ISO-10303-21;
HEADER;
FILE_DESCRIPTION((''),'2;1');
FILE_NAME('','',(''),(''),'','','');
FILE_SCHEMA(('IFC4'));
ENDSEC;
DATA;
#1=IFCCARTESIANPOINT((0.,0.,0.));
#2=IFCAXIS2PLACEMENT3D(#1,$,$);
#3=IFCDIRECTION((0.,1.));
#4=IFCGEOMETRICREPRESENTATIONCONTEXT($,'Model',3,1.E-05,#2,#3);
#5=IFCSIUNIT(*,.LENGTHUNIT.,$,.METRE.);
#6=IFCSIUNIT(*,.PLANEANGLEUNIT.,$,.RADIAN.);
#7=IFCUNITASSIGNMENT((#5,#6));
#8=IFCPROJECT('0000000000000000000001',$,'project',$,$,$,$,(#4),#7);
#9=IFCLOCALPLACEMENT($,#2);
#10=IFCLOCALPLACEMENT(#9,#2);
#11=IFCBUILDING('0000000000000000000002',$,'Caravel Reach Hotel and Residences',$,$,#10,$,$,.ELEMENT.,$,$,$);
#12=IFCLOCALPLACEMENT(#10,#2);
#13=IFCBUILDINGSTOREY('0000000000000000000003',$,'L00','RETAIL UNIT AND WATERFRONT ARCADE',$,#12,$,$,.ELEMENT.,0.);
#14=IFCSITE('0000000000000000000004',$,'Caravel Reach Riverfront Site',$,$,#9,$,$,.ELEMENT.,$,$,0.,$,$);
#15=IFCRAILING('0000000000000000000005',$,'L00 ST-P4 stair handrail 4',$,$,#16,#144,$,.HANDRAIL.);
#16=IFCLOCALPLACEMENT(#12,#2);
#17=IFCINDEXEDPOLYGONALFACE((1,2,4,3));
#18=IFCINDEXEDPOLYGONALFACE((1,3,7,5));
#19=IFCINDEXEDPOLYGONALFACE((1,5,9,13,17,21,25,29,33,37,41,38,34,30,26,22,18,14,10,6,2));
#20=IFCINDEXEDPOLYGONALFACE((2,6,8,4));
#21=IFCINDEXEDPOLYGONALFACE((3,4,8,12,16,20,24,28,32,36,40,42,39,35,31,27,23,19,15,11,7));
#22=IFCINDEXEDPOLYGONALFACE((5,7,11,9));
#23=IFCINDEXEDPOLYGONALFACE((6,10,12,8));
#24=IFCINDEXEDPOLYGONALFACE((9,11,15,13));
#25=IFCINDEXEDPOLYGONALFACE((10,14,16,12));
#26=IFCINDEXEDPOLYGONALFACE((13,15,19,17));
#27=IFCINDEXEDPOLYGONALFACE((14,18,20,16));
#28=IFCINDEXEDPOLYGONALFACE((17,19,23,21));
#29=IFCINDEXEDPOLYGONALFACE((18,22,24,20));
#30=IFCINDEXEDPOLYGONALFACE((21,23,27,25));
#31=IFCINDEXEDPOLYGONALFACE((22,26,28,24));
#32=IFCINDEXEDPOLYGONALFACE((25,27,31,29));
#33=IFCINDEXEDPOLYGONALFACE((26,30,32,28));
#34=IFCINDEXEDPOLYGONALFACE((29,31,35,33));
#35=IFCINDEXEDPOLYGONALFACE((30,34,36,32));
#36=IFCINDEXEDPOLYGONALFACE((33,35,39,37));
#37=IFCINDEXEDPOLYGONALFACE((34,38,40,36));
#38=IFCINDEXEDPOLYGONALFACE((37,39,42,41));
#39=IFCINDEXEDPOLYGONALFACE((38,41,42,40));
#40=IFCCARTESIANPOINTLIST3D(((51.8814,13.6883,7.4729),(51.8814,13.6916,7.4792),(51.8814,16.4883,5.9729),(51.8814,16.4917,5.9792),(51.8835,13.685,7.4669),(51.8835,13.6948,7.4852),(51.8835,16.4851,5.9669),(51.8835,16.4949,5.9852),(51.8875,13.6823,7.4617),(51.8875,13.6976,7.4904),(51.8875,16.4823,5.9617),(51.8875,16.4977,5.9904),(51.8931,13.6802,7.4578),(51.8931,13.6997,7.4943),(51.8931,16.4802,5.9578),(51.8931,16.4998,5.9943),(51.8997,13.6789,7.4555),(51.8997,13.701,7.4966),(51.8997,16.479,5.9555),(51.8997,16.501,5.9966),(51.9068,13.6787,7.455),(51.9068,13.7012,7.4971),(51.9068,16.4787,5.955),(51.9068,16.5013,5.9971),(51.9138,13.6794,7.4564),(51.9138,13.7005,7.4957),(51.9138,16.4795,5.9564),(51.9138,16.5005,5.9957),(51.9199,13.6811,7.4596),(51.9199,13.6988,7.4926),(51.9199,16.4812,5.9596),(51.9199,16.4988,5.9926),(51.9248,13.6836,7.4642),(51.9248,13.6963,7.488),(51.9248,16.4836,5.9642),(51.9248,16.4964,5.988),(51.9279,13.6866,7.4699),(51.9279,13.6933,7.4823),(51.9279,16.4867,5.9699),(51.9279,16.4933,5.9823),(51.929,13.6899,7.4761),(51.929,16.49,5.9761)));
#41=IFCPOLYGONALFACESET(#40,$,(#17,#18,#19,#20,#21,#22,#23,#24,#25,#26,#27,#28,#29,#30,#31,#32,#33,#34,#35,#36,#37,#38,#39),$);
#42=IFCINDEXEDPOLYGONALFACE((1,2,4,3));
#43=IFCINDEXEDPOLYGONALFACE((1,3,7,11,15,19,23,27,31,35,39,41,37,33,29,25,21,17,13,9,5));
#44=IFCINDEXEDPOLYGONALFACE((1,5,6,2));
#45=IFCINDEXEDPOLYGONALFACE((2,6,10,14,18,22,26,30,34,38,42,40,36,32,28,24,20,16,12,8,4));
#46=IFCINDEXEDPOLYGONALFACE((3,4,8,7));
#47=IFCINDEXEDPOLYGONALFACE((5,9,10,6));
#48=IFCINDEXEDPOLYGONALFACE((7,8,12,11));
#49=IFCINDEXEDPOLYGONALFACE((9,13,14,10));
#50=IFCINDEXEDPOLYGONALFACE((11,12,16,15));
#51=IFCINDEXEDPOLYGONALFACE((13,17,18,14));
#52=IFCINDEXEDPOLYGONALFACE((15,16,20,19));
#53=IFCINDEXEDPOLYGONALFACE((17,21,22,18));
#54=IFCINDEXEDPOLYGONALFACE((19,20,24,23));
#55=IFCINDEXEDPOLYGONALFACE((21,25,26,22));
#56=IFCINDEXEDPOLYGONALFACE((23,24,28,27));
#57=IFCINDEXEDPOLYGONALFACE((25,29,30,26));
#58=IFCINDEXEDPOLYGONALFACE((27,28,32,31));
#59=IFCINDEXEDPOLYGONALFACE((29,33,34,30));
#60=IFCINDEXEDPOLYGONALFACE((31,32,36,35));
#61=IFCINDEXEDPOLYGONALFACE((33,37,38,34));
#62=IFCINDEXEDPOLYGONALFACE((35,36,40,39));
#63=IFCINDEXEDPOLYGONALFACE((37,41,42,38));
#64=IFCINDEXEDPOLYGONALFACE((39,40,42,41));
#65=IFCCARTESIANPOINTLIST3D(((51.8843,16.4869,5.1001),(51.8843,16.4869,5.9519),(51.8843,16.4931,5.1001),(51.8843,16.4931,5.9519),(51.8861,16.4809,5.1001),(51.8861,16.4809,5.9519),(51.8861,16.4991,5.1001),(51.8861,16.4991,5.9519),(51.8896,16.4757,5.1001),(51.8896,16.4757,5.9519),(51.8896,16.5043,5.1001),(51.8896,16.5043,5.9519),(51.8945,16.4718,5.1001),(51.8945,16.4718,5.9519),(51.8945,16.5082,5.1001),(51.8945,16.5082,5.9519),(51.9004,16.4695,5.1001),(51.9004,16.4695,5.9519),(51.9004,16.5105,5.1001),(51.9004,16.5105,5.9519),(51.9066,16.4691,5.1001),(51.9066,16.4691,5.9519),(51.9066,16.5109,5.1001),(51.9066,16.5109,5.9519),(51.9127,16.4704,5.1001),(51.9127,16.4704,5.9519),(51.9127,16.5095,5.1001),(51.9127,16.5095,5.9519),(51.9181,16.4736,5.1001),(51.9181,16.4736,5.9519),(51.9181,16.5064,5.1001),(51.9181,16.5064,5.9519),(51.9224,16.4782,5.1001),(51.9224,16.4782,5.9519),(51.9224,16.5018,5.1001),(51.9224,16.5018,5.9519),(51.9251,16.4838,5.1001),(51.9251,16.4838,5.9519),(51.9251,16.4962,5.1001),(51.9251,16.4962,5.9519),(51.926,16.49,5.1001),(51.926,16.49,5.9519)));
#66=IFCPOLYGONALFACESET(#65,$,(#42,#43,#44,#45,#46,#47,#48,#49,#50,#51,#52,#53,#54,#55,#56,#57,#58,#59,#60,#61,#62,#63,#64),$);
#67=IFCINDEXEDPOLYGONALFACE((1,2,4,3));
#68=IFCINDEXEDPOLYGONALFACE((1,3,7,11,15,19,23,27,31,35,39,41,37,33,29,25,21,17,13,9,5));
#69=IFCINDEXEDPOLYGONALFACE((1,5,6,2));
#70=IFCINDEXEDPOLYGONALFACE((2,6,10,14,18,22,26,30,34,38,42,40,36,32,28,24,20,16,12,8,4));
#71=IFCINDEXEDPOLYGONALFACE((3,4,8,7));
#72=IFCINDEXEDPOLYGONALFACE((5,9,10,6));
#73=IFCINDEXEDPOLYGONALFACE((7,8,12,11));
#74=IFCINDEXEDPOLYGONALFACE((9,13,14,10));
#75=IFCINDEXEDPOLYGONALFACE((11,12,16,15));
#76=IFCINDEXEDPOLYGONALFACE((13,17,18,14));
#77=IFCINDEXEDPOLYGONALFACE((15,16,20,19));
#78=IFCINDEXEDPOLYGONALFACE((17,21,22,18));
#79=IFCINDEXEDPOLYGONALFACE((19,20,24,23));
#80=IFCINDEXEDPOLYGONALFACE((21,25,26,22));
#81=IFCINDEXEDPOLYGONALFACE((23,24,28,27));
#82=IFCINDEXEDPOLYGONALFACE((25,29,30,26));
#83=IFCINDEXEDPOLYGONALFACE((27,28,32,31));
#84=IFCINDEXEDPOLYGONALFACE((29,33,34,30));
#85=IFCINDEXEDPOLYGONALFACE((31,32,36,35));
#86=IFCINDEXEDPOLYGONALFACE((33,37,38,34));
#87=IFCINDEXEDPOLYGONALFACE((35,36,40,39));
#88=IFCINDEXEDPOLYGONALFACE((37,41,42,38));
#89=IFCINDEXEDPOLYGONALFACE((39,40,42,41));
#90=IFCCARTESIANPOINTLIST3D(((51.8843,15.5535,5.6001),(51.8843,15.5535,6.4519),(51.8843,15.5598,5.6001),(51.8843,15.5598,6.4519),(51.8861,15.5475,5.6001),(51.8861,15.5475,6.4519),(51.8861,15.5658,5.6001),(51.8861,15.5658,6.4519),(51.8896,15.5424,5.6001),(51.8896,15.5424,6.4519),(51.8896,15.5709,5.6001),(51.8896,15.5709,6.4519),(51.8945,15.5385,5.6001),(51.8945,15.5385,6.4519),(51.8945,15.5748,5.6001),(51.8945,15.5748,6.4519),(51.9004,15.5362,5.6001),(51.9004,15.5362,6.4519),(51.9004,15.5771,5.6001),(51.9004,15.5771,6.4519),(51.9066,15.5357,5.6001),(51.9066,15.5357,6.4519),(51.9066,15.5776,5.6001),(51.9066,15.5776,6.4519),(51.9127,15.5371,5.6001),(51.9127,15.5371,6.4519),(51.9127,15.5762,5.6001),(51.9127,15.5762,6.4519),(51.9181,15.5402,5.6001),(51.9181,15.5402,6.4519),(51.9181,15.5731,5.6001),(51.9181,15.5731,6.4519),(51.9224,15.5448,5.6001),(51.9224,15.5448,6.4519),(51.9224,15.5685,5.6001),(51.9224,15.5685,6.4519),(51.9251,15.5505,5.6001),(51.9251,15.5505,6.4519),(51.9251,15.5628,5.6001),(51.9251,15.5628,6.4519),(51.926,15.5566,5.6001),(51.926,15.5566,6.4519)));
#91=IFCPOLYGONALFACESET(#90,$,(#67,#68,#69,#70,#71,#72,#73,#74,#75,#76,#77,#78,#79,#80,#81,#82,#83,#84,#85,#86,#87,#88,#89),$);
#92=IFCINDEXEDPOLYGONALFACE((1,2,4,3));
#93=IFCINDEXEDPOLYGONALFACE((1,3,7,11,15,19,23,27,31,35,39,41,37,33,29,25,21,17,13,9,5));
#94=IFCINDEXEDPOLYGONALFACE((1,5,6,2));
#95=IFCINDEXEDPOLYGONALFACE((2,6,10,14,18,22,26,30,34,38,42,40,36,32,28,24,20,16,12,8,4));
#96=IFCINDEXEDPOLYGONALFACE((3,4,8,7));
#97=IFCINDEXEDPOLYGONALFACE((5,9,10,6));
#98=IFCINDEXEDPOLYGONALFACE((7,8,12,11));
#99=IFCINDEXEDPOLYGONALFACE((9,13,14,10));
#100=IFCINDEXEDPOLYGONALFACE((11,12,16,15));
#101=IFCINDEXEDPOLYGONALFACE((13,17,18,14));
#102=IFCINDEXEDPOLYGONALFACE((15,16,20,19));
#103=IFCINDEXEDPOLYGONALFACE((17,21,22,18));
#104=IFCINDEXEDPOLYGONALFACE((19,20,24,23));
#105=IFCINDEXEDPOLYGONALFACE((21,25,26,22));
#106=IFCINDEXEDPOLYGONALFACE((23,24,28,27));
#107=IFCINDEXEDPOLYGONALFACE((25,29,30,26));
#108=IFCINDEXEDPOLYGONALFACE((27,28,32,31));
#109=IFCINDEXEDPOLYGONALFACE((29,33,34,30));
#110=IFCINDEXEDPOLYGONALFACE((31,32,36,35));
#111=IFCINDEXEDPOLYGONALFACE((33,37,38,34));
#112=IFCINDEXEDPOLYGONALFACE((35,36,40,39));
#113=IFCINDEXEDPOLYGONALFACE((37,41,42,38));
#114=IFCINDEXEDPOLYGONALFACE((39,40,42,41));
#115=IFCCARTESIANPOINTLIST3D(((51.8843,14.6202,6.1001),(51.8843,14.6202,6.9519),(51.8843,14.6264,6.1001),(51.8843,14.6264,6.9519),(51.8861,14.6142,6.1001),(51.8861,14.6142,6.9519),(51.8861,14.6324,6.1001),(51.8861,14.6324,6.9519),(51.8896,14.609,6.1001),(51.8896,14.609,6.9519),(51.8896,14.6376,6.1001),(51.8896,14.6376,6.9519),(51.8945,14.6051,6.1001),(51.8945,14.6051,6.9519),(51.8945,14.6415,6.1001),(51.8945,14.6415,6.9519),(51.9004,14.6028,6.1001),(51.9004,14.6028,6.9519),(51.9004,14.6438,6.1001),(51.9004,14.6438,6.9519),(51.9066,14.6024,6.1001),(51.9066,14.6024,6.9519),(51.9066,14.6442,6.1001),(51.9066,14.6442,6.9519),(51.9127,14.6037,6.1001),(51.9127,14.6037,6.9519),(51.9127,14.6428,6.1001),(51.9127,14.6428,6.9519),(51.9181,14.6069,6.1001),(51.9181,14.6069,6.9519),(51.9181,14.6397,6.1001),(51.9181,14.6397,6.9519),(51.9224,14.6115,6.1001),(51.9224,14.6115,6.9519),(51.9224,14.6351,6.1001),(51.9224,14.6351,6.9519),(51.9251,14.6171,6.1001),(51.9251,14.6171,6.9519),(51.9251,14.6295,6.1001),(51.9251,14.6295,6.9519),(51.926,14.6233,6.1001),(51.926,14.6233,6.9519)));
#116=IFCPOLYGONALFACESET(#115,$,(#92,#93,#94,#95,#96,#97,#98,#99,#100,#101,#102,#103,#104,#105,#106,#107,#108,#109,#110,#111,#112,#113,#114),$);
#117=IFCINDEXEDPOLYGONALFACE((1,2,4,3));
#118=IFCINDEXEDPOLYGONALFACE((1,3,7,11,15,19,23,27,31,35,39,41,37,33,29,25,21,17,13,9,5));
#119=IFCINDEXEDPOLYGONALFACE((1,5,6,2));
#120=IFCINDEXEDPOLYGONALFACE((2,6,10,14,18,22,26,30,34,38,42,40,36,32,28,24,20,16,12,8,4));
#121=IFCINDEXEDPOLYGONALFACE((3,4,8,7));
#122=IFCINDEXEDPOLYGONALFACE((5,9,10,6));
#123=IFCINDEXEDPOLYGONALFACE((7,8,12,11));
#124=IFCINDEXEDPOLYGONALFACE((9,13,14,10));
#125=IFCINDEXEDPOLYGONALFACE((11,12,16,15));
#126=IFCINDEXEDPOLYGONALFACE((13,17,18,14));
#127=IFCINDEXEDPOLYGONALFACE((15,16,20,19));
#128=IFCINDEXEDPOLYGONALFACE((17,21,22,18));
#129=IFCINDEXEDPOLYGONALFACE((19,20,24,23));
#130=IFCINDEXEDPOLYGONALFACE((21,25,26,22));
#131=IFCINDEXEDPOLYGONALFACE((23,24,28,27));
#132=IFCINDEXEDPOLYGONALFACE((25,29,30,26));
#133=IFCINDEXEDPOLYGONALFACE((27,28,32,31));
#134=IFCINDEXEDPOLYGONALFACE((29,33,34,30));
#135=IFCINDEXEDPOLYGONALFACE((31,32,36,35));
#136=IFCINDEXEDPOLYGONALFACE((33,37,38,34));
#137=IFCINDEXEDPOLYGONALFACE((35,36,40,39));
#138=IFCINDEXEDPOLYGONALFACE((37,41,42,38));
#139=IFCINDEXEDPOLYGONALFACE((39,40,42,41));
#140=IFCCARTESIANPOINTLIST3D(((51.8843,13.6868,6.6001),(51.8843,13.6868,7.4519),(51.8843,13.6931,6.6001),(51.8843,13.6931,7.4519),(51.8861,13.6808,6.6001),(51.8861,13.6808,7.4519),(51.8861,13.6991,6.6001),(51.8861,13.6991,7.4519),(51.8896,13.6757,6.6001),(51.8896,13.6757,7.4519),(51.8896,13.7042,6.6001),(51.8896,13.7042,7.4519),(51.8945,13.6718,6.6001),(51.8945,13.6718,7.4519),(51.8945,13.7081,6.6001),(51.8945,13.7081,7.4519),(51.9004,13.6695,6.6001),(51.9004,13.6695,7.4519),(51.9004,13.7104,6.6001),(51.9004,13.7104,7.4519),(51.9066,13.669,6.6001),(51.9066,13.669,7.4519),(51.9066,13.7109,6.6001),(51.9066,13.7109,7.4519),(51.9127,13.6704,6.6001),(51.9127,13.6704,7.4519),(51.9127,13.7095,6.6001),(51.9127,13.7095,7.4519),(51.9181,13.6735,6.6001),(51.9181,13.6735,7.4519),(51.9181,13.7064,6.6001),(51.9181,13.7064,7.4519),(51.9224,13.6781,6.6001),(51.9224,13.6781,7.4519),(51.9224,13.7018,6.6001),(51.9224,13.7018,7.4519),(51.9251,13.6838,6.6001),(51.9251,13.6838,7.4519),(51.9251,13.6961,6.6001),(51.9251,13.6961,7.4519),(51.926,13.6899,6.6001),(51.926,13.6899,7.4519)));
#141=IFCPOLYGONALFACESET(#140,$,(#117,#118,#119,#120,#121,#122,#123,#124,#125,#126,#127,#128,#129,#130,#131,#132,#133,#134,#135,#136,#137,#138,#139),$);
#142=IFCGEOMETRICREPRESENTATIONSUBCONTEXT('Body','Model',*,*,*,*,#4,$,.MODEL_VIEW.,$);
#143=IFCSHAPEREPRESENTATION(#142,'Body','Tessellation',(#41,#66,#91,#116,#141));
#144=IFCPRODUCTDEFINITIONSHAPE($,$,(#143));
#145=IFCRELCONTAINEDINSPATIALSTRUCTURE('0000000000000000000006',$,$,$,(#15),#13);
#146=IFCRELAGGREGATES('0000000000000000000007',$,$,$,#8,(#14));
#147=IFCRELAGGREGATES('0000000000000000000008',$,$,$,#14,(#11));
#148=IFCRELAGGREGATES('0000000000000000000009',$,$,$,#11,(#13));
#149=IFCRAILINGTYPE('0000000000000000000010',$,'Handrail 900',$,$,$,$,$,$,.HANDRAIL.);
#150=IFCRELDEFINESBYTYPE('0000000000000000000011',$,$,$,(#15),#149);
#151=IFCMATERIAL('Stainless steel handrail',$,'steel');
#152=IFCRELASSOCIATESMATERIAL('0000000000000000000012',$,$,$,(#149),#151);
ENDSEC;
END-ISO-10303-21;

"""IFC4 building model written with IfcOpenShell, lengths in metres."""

from ifc_helpers import new_model, si_unit, direction, frame, origin, origin_2d, place, context, subcontext, project, spatial, circle, extrude, material, type_object, element, save


model = new_model("IFC4")

# Units and contexts
model_context = context("Model", 3, precision=1e-05, world=origin(), true_north=direction((0.0, 1.0)))
body_context = subcontext(model_context, "Body", "Model", "MODEL_VIEW")
ifc_project = project(units=[si_unit("LENGTHUNIT", "METRE"), si_unit("PLANEANGLEUNIT", "RADIAN")], contexts=[model_context])

# Site, building, storey
site_placement = place(None, origin())
site = spatial("IfcSite", under=ifc_project, at=site_placement, Name="Caravel Reach Riverfront Site", CompositionType="ELEMENT", RefElevation=0.0)
building_placement = place(site_placement, origin())
building = spatial("IfcBuilding", under=site, at=building_placement, Name="Caravel Reach Hotel and Residences", CompositionType="ELEMENT")
storey_placement = place(building_placement, origin())
storey = spatial("IfcBuildingStorey", under=building, at=storey_placement, Name="L00", Description="RETAIL UNIT AND WATERFRONT ARCADE", CompositionType="ELEMENT", Elevation=0.0)

# Railing
ifc_material_1 = material(Name="Stainless steel handrail", Category="steel")
railing_type_1 = type_object("IfcRailingType", Name="Handrail 900", PredefinedType="HANDRAIL", material=ifc_material_1)
railing_1_placement = place(storey_placement, frame((51.905, 16.49, 5.1001)))
element("IfcRailing", 1, at=railing_1_placement, inside=storey, type_object=railing_type_1, Name="L00 ST-P4 stair handrail 4", PredefinedType="HANDRAIL", context=body_context, shape_type="SweptSolid", body=[
    extrude(circle(Radius=0.0239, at=origin_2d()), frame((0.0, 0.0, 0.876), z_axis=(0.0, -0.881483, 0.472215), x_axis=(1.0, 0.0, 0.0)), (0.0, 0.0, 1.0), 3.1765),
    extrude(circle(Radius=0.021, at=origin_2d()), origin(), (0.0, 0.0, 1.0), 0.8518),
    extrude(circle(Radius=0.021, at=origin_2d()), frame((0.0, -0.9333, 0.5)), (0.0, 0.0, 1.0), 0.8518),
    extrude(circle(Radius=0.021, at=origin_2d()), frame((0.0, -1.8667, 1.0)), (0.0, 0.0, 1.0), 0.8518),
    extrude(circle(Radius=0.021, at=origin_2d()), frame((0.0, -2.8, 1.5)), (0.0, 0.0, 1.0), 0.8518),
])

save(model, "model.ifc")
